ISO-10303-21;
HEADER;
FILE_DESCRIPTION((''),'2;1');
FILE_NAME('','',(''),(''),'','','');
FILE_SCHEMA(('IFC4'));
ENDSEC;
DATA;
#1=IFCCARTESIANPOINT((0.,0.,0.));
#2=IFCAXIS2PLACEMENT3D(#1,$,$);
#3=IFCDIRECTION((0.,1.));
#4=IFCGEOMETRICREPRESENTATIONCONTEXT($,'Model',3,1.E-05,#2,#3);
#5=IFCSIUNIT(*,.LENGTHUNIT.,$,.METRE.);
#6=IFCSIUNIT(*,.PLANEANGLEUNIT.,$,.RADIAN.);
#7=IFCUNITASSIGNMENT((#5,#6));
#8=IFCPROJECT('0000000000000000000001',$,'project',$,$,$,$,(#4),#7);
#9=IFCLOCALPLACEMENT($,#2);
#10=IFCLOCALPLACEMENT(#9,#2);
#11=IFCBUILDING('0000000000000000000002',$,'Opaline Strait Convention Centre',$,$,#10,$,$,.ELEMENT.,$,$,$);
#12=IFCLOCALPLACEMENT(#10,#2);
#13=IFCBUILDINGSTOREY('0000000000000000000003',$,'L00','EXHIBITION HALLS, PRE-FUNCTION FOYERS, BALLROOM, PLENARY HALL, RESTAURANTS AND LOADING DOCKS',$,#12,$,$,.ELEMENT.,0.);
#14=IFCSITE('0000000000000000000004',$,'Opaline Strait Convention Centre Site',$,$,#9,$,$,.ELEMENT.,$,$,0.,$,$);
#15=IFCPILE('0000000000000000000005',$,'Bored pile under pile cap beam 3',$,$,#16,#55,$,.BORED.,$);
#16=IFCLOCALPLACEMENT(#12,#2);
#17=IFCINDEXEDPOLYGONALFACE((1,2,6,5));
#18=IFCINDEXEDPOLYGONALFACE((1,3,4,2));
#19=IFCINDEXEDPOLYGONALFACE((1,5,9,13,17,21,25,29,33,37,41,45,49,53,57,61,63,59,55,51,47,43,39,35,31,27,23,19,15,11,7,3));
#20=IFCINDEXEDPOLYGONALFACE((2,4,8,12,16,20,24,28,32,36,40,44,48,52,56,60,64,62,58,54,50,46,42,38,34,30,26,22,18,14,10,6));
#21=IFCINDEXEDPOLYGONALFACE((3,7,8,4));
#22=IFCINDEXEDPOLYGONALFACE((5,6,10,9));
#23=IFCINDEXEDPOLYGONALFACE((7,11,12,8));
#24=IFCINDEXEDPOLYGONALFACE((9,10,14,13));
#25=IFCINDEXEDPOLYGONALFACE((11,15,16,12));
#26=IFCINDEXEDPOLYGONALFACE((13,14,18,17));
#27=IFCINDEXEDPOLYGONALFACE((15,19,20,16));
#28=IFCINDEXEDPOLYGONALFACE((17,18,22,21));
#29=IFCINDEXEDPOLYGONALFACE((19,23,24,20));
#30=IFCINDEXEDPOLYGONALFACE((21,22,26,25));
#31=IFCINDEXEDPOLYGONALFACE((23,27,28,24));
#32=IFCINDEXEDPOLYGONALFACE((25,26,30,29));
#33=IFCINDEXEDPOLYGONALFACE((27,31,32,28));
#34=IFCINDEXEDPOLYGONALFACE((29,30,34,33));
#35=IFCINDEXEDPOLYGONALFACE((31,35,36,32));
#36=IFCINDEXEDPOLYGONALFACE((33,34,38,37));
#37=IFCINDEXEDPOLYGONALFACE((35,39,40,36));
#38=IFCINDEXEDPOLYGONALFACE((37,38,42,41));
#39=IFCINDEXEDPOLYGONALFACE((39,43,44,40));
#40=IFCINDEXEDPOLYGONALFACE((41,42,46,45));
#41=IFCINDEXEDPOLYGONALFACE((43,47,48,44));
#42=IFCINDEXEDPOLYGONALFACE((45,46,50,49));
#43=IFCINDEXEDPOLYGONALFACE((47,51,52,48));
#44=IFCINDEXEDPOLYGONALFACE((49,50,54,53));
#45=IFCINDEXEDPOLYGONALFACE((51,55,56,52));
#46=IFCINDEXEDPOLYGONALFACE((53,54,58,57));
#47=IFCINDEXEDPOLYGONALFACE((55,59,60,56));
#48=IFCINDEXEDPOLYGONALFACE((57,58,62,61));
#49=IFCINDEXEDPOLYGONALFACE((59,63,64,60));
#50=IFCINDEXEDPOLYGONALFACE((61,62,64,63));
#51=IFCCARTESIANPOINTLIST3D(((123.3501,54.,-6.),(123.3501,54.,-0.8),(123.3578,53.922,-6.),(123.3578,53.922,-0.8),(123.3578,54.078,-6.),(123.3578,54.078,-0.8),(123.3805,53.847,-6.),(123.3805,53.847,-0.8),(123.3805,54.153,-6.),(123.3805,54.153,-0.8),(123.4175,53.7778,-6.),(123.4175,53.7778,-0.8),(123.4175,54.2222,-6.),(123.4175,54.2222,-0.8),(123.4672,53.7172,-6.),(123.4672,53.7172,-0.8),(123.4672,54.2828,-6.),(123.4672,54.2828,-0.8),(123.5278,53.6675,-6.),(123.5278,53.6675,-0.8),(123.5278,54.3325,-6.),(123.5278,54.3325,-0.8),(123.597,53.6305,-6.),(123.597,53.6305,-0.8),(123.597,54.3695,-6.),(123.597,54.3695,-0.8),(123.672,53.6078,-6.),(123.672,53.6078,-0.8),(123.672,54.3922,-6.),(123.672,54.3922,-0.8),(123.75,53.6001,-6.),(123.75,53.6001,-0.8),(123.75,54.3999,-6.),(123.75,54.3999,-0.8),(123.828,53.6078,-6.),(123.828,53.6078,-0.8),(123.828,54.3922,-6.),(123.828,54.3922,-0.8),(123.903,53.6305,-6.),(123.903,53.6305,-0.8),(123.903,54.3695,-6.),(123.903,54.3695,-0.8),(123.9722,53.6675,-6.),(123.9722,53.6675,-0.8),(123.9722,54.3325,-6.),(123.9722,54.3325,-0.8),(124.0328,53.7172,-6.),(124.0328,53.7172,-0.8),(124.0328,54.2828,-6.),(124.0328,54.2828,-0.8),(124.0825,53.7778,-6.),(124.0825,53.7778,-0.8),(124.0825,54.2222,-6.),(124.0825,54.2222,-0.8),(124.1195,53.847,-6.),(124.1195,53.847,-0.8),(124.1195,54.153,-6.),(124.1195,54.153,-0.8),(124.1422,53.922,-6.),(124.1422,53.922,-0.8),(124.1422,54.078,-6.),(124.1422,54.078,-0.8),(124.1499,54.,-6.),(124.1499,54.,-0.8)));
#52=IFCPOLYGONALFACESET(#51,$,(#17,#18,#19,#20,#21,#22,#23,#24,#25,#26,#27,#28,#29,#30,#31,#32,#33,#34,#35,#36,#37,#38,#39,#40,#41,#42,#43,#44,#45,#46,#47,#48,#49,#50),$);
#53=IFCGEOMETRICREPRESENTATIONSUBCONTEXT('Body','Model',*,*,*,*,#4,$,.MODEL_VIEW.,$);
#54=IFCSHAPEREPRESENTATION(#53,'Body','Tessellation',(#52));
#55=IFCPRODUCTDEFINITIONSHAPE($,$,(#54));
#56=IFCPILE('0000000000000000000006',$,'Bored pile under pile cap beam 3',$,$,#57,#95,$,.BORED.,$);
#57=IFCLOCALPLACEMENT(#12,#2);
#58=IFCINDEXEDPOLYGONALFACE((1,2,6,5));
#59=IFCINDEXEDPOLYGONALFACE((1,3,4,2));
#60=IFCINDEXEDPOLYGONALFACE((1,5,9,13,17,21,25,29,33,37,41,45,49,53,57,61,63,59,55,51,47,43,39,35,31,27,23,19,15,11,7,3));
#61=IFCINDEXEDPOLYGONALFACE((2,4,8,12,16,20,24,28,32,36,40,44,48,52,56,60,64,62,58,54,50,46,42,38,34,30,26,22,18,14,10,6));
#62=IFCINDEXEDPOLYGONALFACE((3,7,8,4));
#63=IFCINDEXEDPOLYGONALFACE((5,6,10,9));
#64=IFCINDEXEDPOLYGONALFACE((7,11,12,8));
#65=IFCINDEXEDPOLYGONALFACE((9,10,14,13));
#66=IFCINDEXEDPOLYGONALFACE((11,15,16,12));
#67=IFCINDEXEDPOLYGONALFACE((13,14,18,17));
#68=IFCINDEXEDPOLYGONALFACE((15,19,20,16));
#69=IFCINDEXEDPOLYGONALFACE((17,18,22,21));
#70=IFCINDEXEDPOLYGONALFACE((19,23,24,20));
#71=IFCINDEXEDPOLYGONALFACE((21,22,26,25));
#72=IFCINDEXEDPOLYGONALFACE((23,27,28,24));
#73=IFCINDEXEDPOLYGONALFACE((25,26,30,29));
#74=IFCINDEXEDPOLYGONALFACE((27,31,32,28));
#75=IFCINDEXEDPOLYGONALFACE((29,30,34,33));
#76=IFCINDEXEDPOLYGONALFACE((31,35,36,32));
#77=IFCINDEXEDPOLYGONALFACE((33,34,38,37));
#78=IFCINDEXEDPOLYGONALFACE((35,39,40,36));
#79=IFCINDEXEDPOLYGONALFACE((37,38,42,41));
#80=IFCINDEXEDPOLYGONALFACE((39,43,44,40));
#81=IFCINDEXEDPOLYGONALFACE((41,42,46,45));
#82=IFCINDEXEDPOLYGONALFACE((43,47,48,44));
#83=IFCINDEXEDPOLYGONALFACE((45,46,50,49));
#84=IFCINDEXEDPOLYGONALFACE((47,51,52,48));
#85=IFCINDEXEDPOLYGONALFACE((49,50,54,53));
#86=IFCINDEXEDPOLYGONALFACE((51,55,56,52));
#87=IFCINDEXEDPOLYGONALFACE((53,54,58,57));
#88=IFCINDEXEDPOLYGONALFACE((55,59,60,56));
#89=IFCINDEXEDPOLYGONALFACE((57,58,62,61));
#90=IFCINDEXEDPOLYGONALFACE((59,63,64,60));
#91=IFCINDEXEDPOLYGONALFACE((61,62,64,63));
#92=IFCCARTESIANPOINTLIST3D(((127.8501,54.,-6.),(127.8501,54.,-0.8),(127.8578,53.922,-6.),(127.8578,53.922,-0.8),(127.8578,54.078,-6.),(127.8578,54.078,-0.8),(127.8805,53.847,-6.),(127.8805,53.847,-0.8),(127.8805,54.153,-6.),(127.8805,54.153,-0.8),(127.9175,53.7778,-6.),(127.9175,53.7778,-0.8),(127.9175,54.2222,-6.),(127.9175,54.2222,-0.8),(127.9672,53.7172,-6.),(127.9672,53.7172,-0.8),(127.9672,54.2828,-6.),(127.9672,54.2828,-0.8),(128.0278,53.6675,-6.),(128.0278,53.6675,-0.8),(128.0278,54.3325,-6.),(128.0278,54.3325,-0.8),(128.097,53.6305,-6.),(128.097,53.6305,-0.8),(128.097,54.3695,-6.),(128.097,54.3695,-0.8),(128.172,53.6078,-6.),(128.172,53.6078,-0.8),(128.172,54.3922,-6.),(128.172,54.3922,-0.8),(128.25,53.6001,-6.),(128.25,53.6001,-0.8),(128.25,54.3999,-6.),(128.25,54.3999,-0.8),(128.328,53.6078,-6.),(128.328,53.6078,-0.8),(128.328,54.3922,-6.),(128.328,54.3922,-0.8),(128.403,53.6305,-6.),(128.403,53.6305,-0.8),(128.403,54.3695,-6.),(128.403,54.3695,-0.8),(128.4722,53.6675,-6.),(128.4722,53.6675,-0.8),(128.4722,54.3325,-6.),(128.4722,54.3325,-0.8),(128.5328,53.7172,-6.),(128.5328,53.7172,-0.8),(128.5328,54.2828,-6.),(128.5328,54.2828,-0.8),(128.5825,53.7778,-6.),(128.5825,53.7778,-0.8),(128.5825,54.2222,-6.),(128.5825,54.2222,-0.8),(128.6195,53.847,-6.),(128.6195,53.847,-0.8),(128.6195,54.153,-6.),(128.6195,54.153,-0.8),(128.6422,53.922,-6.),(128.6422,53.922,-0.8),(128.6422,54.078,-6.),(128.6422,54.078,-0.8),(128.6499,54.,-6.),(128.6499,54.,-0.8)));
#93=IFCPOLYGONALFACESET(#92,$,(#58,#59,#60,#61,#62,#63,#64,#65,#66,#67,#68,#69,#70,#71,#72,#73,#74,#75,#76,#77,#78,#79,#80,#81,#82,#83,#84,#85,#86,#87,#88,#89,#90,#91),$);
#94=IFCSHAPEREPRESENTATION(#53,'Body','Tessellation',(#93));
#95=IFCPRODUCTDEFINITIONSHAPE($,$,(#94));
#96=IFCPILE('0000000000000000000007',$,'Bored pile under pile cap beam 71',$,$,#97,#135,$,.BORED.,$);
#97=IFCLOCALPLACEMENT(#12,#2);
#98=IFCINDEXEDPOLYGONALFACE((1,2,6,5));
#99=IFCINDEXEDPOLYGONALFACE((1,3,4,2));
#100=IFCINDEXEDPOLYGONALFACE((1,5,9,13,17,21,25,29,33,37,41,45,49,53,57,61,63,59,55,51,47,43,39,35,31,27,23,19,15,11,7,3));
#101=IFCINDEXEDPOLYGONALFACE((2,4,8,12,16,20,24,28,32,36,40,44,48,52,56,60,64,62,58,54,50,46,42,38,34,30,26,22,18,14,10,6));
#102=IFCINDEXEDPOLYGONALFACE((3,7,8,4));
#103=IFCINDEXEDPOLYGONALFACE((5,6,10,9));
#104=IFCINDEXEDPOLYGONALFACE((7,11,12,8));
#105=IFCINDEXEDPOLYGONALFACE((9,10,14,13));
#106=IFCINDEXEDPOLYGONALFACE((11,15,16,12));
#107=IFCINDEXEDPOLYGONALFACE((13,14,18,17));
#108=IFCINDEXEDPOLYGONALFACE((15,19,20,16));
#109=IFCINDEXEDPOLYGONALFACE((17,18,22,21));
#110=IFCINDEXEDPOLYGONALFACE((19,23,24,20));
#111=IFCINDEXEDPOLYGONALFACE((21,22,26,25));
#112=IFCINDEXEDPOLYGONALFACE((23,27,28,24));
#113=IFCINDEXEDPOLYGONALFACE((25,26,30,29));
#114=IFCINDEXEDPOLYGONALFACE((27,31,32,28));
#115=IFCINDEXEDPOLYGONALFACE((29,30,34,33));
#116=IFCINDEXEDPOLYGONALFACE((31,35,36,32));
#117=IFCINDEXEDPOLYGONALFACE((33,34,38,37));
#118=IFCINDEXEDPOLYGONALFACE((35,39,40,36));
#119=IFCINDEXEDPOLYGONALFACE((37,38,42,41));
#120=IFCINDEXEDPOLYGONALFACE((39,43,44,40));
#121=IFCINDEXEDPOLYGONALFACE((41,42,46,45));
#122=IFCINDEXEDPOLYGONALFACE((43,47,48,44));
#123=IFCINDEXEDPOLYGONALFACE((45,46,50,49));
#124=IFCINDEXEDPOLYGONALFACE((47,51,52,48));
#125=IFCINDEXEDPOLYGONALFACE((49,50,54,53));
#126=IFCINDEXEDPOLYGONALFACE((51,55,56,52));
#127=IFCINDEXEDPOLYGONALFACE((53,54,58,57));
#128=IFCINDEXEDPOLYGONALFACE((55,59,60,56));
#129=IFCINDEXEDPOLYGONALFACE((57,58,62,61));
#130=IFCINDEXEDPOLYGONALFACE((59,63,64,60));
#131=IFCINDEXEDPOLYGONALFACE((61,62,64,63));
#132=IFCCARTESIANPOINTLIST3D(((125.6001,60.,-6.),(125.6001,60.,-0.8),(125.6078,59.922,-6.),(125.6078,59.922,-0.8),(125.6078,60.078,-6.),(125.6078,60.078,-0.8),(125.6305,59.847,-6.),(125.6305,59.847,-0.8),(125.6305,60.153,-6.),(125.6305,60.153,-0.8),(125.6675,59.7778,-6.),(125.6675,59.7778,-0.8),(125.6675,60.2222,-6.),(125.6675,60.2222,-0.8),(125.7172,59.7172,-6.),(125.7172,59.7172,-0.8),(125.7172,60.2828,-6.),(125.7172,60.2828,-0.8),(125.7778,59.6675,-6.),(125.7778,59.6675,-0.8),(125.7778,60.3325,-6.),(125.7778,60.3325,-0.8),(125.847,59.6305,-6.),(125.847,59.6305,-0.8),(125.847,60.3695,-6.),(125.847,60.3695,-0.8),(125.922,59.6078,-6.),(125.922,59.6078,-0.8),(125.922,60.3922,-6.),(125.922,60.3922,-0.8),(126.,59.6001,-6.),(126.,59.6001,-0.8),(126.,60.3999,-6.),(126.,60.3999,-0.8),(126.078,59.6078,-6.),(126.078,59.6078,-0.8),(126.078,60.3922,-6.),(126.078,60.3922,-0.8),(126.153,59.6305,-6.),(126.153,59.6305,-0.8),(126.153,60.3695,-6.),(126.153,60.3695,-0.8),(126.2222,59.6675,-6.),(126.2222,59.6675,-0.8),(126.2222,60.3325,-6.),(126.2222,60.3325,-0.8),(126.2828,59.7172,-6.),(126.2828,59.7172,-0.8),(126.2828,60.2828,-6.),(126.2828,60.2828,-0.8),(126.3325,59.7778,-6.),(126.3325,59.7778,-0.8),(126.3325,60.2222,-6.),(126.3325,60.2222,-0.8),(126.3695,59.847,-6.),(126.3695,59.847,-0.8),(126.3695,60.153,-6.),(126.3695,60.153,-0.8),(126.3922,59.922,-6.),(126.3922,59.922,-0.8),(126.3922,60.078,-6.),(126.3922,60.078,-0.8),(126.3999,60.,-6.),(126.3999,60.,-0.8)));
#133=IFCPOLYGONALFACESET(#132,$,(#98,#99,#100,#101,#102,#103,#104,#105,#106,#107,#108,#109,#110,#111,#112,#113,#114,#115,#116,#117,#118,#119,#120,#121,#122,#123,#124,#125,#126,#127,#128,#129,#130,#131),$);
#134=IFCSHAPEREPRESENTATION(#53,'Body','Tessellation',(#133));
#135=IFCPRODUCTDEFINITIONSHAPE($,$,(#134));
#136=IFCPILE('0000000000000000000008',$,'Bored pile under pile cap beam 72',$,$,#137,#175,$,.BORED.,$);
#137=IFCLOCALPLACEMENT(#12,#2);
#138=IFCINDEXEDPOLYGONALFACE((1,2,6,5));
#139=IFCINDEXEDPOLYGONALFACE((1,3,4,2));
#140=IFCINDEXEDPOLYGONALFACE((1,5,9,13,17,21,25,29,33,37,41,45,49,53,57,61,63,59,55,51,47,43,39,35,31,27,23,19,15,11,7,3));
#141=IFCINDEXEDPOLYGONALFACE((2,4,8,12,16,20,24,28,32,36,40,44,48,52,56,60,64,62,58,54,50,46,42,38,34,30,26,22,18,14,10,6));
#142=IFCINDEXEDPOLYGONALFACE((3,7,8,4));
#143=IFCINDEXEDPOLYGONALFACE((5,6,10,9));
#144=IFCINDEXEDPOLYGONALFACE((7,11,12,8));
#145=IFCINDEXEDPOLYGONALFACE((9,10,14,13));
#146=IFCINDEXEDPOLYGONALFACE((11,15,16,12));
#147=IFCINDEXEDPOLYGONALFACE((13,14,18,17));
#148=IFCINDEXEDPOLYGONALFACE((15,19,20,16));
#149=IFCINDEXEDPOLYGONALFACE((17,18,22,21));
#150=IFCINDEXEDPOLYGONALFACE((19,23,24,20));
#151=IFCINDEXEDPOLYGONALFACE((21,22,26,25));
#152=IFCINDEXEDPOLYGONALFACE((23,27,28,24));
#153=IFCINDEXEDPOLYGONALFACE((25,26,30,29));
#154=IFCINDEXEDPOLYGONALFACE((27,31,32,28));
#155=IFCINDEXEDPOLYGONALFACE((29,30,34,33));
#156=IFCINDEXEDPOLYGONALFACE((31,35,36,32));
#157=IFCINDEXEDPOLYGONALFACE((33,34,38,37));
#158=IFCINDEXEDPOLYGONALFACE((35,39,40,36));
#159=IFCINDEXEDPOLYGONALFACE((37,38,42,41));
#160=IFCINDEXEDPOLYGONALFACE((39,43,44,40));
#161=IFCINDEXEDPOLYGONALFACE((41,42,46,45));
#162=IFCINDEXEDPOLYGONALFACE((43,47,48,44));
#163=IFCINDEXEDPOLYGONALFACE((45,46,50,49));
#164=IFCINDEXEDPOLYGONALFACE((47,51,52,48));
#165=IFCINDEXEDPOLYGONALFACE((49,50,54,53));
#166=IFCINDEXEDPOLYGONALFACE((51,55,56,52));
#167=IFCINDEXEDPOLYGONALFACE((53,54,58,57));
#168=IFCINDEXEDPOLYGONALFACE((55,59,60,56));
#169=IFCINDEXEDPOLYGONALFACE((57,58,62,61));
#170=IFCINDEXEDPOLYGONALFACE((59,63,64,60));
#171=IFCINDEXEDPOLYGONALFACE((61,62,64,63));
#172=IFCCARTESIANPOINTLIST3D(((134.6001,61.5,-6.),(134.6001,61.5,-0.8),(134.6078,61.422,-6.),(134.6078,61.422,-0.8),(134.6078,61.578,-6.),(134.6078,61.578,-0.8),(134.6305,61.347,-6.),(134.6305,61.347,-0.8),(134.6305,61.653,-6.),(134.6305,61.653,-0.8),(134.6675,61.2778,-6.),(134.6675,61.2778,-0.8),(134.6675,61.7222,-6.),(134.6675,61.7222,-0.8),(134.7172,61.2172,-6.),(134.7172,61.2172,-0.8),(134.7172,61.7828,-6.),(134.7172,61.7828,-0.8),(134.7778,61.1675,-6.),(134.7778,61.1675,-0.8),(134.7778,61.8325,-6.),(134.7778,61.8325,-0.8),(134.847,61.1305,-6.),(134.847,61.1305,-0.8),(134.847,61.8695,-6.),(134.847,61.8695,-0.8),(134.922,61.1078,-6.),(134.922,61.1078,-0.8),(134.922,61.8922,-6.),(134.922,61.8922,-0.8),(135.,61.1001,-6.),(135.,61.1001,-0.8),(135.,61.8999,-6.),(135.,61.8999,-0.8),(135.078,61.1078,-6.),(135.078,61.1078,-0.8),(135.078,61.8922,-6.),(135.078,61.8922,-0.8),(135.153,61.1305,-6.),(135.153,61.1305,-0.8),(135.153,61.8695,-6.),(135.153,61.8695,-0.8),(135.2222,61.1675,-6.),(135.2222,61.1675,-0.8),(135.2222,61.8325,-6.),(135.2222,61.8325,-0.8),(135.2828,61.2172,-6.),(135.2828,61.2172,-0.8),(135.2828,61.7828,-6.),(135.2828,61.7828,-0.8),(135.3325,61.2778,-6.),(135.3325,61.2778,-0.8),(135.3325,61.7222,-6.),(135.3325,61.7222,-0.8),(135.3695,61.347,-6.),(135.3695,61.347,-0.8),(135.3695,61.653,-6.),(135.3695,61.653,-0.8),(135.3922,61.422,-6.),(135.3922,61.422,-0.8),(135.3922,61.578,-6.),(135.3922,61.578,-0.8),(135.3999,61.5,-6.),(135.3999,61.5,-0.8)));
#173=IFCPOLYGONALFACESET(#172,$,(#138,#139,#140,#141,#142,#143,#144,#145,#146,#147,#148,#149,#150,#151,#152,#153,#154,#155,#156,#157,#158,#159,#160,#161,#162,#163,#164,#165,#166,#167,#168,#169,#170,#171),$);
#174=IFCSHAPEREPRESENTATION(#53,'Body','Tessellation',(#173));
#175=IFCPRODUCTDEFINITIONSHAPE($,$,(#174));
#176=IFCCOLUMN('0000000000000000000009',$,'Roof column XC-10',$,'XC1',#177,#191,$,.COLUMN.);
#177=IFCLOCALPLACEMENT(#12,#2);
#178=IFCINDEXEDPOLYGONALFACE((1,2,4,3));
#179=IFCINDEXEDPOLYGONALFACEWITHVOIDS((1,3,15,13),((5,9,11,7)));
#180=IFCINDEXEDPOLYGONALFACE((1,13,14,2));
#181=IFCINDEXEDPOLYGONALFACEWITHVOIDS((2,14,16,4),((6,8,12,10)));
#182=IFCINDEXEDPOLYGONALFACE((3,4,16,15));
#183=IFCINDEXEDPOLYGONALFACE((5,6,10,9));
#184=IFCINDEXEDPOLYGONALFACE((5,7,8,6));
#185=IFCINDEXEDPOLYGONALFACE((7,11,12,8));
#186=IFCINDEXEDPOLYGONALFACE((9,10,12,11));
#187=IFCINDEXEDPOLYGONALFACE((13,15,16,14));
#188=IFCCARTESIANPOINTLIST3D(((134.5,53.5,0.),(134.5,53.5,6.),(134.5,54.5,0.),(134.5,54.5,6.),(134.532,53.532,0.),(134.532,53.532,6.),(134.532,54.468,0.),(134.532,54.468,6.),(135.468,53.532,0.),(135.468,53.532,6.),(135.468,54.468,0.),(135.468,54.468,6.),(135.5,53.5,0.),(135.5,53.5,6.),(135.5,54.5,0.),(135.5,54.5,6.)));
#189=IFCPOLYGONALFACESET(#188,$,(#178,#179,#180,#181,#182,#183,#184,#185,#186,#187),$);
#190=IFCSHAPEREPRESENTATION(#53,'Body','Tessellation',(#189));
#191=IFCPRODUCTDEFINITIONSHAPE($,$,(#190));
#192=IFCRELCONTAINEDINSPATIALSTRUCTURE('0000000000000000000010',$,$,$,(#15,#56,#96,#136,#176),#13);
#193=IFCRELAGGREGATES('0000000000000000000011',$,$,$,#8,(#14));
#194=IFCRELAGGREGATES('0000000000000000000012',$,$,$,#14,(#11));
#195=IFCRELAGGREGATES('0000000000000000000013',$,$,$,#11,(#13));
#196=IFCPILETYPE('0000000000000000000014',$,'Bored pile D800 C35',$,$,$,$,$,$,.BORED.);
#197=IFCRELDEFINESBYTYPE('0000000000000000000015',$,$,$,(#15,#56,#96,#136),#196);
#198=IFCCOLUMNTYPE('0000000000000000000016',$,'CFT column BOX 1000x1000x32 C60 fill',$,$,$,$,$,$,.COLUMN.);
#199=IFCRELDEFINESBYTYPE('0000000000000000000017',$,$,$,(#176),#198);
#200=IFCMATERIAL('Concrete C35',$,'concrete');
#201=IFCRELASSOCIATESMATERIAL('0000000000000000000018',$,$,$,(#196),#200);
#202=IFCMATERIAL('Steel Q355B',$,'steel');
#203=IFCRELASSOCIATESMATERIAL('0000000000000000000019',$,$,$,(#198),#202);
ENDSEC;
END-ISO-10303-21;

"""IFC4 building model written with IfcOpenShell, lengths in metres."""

from ifc_helpers import new_model, si_unit, direction, frame, origin, origin_2d, place, context, subcontext, project, spatial, hollow_rectangle, circle, extrude, material, material_profile, profile_set, type_object, element, save


model = new_model("IFC4")

# Units and contexts
model_context = context("Model", 3, precision=1e-05, world=origin(), true_north=direction((0.0, 1.0)))
body_context = subcontext(model_context, "Body", "Model", "MODEL_VIEW")
ifc_project = project(units=[si_unit("LENGTHUNIT", "METRE"), si_unit("PLANEANGLEUNIT", "RADIAN")], contexts=[model_context])

# Site, building, storey
site_placement = place(None, origin())
site = spatial("IfcSite", under=ifc_project, at=site_placement, Name="Opaline Strait Convention Centre Site", CompositionType="ELEMENT", RefElevation=0.0)
building_placement = place(site_placement, origin())
building = spatial("IfcBuilding", under=site, at=building_placement, Name="Opaline Strait Convention Centre", CompositionType="ELEMENT")
storey_placement = place(building_placement, origin())
storey = spatial("IfcBuildingStorey", under=building, at=storey_placement, Name="L00", Description="EXHIBITION HALLS, PRE-FUNCTION FOYERS, BALLROOM, PLENARY HALL, RESTAURANTS AND LOADING DOCKS", CompositionType="ELEMENT", Elevation=0.0)

# Piles
ifc_material_1 = material(Name="Concrete C35", Category="concrete")
ifc_material_profile_1 = material_profile(ifc_material_1, circle(Radius=0.3999, at=origin_2d()), Name="D800")
ifc_profile_set_1 = profile_set([ifc_material_profile_1], Name="Concrete C35")
pile_type_1 = type_object("IfcPileType", Name="Bored pile D800 C35", PredefinedType="BORED", material=ifc_profile_set_1)
for number, where, z_axis, x_axis, name in (
    (1, (123.75, 54.0, -0.8), (0.0, 0.0, -1.0), (1.0, 0.0, 0.0), "Bored pile under pile cap beam 3"),
    (2, (128.25, 54.0, -0.8), (0.0, 0.0, -1.0), (1.0, 0.0, 0.0), "Bored pile under pile cap beam 3"),
    (3, (126.0, 60.0, -0.8), (0.0, 0.0, -1.0), (1.0, 0.0, 0.0), "Bored pile under pile cap beam 71"),
    (4, (135.0, 61.5, -0.8), (0.0, 0.0, -1.0), (1.0, 0.0, 0.0), "Bored pile under pile cap beam 72"),
):
    element("IfcPile", number, at=place(storey_placement, frame(where, z_axis=z_axis, x_axis=x_axis)), inside=storey, type_object=pile_type_1, Name=name, PredefinedType="BORED", context=body_context, shape_type="SweptSolid", body=[
        extrude(circle(Radius=0.3999, at=origin_2d()), origin(), (0.0, 0.0, 1.0), 5.2),
    ])

# Column
ifc_material_2 = material(Name="Steel Q355B", Category="steel")
ifc_material_profile_2 = material_profile(ifc_material_2, hollow_rectangle(XDim=1.0, YDim=1.0, WallThickness=0.032, at=origin_2d()), Name="BOX 1000x1000x32")
ifc_profile_set_2 = profile_set([ifc_material_profile_2], Name="Steel Q355B")
column_type = type_object("IfcColumnType", Name="CFT column BOX 1000x1000x32 C60 fill", PredefinedType="COLUMN", material=ifc_profile_set_2)
column_placement = place(storey_placement, frame((135.0, 54.0, 0.0), z_axis=(0.0, 0.0, 1.0), x_axis=(1.0, 0.0, 0.0)))
element("IfcColumn", 5, at=column_placement, inside=storey, type_object=column_type, Name="Roof column XC-10", ObjectType="XC1", PredefinedType="COLUMN", context=body_context, shape_type="SweptSolid", body=[
    extrude(hollow_rectangle(XDim=1.0, YDim=1.0, WallThickness=0.032, at=origin_2d()), origin(), (0.0, 0.0, 1.0), 6.0),
])

save(model, "model.ifc")
